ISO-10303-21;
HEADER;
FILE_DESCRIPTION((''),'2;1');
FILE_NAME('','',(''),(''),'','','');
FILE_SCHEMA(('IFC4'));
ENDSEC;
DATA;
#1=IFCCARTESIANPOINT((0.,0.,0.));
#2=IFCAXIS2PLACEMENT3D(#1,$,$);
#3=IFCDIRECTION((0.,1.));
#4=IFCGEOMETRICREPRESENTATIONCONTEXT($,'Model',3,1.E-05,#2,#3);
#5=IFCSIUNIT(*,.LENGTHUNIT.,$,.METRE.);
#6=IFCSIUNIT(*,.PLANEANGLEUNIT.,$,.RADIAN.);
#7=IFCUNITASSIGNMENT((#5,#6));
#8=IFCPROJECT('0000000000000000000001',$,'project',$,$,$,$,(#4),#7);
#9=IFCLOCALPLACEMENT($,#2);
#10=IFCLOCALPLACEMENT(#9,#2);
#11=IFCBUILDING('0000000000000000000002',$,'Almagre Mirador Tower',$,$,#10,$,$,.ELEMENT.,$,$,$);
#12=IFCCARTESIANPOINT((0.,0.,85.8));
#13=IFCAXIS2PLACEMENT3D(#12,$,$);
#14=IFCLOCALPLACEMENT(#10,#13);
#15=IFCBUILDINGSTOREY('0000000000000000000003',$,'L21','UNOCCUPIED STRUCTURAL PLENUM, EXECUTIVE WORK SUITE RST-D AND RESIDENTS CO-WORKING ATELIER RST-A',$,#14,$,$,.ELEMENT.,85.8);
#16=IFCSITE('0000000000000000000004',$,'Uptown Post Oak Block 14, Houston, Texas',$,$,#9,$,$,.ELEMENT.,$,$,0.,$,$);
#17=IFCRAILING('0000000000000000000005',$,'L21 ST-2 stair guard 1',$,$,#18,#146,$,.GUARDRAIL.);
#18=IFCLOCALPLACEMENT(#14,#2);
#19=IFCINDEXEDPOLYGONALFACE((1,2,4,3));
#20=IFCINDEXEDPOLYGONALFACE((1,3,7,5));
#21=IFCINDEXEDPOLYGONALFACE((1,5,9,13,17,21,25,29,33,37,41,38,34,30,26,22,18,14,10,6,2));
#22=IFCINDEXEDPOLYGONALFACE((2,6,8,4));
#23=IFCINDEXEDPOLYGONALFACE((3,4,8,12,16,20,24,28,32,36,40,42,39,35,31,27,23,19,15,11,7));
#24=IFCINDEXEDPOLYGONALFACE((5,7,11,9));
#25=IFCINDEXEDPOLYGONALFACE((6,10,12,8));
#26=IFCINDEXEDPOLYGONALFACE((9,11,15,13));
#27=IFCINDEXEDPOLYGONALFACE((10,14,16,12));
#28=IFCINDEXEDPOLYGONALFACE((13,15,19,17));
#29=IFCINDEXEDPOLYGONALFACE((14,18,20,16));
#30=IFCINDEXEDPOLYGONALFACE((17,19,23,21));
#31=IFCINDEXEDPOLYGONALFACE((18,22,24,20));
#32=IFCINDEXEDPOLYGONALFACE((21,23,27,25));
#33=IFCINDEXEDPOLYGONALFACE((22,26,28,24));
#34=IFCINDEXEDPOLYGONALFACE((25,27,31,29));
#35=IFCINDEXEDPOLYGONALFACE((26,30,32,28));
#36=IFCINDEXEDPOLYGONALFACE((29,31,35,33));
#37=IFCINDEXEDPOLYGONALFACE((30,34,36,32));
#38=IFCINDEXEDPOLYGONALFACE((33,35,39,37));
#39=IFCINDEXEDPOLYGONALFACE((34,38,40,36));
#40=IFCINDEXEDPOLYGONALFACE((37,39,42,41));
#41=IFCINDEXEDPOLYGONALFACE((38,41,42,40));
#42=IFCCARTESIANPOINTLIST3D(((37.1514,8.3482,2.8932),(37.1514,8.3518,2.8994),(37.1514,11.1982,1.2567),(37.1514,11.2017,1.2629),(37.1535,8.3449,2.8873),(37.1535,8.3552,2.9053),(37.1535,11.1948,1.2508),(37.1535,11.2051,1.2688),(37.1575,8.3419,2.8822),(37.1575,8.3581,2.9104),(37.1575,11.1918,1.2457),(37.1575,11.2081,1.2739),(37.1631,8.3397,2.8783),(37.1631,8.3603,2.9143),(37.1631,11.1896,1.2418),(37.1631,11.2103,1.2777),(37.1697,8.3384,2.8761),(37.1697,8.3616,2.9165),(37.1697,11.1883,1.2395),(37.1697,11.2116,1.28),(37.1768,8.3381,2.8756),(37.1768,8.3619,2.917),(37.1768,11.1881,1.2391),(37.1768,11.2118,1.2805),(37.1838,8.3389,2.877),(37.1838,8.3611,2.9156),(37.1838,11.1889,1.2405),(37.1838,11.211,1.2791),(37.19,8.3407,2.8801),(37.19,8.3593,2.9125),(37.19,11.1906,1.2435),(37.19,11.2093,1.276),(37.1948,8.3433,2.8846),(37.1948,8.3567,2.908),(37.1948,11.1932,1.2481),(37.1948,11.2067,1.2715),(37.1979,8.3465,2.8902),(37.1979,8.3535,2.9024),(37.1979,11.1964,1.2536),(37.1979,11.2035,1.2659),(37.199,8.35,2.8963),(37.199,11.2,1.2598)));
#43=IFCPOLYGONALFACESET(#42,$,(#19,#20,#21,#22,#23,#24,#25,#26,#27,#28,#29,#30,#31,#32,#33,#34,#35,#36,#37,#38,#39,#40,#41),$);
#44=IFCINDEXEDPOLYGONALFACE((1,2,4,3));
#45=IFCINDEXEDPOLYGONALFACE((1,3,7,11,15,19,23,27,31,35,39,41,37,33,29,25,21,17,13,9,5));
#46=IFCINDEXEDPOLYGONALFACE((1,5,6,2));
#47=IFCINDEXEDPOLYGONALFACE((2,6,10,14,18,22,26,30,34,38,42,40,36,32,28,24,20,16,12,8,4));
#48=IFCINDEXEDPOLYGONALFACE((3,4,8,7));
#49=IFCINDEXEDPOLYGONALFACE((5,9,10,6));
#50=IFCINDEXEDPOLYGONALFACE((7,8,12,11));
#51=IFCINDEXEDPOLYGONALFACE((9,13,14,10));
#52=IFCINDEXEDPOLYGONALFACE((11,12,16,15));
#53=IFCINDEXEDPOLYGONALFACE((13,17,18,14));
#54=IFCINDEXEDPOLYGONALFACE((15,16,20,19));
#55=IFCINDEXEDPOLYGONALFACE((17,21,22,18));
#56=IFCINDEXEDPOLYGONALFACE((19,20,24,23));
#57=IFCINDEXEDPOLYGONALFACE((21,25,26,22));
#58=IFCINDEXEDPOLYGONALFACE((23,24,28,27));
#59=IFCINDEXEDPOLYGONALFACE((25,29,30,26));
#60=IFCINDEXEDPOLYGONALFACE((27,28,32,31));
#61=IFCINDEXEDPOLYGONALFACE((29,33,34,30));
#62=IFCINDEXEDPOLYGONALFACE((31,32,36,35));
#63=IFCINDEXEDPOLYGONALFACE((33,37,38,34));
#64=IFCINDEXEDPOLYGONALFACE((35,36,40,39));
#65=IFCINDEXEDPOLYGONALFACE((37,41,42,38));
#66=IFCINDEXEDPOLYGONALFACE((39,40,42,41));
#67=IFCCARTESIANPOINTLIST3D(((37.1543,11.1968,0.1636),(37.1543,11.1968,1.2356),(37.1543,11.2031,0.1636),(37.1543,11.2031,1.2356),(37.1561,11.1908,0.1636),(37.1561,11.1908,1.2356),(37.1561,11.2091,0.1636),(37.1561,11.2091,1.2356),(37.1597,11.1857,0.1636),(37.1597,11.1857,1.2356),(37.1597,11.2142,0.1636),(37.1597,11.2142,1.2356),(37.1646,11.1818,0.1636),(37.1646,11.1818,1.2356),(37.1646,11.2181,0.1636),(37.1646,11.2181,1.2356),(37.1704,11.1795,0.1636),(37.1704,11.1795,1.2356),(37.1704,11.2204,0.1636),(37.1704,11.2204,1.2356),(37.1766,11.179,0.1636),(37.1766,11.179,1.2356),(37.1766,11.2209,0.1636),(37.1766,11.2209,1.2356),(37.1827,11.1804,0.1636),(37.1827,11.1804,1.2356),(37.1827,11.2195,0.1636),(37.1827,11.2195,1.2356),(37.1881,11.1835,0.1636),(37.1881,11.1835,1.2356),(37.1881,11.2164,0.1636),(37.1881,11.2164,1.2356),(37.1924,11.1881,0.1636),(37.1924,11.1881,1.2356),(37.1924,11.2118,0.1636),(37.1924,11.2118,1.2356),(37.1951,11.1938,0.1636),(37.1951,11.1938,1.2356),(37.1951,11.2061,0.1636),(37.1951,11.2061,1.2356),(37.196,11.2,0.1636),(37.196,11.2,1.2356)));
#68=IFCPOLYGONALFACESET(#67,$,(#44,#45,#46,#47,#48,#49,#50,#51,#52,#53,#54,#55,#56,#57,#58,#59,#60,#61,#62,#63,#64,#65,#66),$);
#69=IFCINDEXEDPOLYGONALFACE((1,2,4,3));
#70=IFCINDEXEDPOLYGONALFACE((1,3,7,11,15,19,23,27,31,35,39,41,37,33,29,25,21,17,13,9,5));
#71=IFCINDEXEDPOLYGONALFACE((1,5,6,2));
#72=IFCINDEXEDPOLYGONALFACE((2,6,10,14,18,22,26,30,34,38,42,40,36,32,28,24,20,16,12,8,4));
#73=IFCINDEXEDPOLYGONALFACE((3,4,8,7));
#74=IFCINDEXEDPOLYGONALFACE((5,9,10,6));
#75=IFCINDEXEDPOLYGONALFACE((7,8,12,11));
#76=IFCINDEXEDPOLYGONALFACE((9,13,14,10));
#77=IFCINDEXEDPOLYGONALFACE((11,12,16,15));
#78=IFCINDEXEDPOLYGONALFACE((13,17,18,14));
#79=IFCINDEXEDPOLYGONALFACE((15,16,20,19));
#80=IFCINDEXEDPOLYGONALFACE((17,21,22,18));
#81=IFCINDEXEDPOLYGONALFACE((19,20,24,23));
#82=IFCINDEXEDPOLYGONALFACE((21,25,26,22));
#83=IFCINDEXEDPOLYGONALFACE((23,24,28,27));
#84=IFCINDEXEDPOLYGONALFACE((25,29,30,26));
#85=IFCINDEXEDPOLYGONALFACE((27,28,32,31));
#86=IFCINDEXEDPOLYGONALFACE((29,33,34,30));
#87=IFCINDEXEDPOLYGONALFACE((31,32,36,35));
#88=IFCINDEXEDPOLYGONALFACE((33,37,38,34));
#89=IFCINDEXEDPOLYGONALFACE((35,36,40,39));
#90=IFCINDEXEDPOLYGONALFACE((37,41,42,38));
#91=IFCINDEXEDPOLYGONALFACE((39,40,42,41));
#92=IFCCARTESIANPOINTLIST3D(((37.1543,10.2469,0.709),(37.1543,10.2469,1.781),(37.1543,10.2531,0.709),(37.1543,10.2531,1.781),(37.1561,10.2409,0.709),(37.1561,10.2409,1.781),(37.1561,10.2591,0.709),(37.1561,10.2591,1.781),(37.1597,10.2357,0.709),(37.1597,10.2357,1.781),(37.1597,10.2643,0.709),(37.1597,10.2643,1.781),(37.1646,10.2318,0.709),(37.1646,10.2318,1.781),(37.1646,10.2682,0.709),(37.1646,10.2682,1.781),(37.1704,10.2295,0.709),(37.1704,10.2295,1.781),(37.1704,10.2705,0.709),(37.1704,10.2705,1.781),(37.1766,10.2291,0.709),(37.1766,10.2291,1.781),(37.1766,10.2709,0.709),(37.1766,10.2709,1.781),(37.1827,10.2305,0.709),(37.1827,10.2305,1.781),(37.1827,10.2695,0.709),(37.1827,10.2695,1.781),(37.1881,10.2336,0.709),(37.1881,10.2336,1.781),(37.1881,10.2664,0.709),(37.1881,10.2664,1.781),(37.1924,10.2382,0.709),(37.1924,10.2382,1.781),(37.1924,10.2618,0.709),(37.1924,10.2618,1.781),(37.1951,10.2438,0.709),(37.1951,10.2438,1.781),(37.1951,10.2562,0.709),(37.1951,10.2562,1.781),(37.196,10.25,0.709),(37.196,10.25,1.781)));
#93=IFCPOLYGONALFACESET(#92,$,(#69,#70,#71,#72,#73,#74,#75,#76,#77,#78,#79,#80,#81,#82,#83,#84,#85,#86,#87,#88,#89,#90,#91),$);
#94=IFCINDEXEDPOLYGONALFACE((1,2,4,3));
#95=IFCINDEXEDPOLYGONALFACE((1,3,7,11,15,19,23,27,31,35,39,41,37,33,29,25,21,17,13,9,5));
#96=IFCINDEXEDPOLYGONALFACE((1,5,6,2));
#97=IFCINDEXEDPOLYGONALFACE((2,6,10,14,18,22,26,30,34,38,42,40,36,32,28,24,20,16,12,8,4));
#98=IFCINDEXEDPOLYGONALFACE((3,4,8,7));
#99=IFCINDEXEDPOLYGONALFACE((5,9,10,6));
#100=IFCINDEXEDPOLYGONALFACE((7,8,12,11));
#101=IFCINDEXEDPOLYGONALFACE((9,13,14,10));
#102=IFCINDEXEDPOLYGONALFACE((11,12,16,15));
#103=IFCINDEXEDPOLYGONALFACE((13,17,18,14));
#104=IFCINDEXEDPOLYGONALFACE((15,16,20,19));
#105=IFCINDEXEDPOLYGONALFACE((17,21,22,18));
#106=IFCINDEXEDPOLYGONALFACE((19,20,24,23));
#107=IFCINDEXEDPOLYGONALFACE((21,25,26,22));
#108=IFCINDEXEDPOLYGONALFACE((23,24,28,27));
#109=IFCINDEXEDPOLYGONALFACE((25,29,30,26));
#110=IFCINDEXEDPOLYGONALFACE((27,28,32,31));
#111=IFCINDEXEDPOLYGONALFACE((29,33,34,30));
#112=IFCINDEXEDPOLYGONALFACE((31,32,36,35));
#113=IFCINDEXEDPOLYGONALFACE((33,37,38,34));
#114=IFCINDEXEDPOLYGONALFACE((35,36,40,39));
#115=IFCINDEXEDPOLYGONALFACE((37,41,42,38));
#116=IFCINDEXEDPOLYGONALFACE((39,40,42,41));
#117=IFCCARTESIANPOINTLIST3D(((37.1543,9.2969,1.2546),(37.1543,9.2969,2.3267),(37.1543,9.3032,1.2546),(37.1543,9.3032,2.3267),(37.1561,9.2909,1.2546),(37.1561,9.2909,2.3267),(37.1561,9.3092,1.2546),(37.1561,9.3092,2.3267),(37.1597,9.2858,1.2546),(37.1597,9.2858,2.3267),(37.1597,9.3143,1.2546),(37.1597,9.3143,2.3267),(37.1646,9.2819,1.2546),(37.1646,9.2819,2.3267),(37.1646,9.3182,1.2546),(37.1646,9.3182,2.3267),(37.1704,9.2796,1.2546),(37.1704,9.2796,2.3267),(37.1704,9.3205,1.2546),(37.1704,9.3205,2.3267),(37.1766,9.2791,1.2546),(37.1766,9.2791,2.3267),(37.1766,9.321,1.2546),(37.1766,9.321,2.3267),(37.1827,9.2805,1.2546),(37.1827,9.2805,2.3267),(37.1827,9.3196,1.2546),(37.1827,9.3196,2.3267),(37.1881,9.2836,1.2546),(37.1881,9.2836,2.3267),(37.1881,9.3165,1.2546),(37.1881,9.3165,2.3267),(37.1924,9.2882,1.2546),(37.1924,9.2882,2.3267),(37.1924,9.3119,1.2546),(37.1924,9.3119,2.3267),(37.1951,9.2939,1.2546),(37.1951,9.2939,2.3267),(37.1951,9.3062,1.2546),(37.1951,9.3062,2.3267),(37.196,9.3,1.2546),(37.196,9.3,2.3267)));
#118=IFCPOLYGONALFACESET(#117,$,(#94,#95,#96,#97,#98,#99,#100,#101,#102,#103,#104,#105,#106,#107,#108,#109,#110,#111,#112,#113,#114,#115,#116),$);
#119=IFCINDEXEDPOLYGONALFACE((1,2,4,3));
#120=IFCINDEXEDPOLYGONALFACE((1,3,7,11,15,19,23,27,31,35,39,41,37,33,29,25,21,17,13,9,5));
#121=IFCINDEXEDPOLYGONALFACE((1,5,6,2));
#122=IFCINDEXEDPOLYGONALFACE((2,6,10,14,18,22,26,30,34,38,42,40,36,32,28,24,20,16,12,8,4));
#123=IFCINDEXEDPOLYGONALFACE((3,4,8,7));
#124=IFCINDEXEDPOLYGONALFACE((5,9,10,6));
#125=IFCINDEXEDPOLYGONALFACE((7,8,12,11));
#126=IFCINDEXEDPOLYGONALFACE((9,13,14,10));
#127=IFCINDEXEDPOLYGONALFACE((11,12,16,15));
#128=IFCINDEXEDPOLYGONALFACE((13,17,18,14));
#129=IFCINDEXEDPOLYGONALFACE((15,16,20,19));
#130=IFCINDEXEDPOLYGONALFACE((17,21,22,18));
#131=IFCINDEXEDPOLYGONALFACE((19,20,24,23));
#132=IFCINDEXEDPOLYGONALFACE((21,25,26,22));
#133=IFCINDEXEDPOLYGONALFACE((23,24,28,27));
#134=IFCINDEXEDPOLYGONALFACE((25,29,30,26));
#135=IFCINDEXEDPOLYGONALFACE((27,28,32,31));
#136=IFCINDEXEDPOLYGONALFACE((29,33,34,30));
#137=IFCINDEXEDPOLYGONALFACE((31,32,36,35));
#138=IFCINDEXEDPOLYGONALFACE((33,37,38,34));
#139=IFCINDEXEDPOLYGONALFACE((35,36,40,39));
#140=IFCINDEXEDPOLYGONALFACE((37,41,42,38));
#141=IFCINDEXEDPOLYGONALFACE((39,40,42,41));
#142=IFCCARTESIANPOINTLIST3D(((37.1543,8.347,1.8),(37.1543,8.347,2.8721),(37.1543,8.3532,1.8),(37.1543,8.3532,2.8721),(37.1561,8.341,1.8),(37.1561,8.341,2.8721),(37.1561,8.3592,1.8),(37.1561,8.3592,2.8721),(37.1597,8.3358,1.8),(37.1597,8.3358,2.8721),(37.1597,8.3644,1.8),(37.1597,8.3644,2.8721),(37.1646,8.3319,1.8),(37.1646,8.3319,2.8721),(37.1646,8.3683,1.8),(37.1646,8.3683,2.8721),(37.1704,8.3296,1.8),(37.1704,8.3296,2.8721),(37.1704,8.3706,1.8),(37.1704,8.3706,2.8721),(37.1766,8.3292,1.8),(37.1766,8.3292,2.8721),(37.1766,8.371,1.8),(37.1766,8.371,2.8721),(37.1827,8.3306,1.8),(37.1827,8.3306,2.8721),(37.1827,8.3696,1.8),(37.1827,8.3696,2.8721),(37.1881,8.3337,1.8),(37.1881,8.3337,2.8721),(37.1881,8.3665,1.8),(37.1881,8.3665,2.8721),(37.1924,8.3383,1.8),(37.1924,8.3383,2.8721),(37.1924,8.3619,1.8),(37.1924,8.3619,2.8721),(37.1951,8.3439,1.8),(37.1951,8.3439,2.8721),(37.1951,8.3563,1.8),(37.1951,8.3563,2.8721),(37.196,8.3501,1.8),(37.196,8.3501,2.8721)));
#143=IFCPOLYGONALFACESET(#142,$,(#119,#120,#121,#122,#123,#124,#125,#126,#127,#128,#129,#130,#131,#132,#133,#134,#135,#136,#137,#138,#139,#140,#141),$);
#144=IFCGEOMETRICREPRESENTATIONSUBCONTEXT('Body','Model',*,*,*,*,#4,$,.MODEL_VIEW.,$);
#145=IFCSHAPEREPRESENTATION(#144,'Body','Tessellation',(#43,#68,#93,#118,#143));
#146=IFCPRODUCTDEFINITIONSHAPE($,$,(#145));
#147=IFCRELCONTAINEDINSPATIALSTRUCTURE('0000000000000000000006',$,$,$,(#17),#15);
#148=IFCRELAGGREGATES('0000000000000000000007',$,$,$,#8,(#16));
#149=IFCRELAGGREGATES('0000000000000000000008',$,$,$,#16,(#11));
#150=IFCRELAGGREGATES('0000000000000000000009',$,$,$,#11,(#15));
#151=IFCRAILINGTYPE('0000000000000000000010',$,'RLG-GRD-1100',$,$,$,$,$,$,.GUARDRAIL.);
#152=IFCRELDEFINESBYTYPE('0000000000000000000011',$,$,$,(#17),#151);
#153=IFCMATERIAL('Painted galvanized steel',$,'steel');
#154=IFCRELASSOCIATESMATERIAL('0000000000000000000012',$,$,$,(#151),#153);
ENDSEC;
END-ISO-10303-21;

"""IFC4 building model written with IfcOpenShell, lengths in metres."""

from ifc_helpers import new_model, si_unit, direction, frame, origin, origin_2d, place, context, subcontext, project, spatial, circle, extrude, material, type_object, element, save


model = new_model("IFC4")

# Units and contexts
model_context = context("Model", 3, precision=1e-05, world=origin(), true_north=direction((0.0, 1.0)))
body_context = subcontext(model_context, "Body", "Model", "MODEL_VIEW")
ifc_project = project(units=[si_unit("LENGTHUNIT", "METRE"), si_unit("PLANEANGLEUNIT", "RADIAN")], contexts=[model_context])

# Site, building, storey
site_placement = place(None, origin())
site = spatial("IfcSite", under=ifc_project, at=site_placement, Name="Uptown Post Oak Block 14, Houston, Texas", CompositionType="ELEMENT", RefElevation=0.0)
building_placement = place(site_placement, origin())
building = spatial("IfcBuilding", under=site, at=building_placement, Name="Almagre Mirador Tower", CompositionType="ELEMENT")
storey_placement = place(building_placement, frame((0.0, 0.0, 85.8)))
storey = spatial("IfcBuildingStorey", under=building, at=storey_placement, Name="L21", Description="UNOCCUPIED STRUCTURAL PLENUM, EXECUTIVE WORK SUITE RST-D AND RESIDENTS CO-WORKING ATELIER RST-A", CompositionType="ELEMENT", Elevation=85.8)

# Railing
ifc_material_1 = material(Name="Painted galvanized steel", Category="steel")
railing_type_1 = type_object("IfcRailingType", Name="RLG-GRD-1100", PredefinedType="GUARDRAIL", material=ifc_material_1)
railing_1_placement = place(storey_placement, frame((37.175, 11.2, 0.1636)))
element("IfcRailing", 1, at=railing_1_placement, inside=storey, type_object=railing_type_1, Name="L21 ST-2 stair guard 1", PredefinedType="GUARDRAIL", context=body_context, shape_type="SweptSolid", body=[
    extrude(circle(Radius=0.0239, at=origin_2d()), frame((0.0, 0.0, 1.0962), z_axis=(0.0, -0.867194, 0.49797), x_axis=(1.0, 0.0, 0.0)), (0.0, 0.0, 1.0), 3.2864),
    extrude(circle(Radius=0.021, at=origin_2d()), origin(), (0.0, 0.0, 1.0), 1.072),
    extrude(circle(Radius=0.021, at=origin_2d()), frame((0.0, -0.95, 0.5454)), (0.0, 0.0, 1.0), 1.072),
    extrude(circle(Radius=0.021, at=origin_2d()), frame((0.0, -1.8999, 1.0911)), (0.0, 0.0, 1.0), 1.072),
    extrude(circle(Radius=0.021, at=origin_2d()), frame((0.0, -2.8499, 1.6365)), (0.0, 0.0, 1.0), 1.072),
])

save(model, "model.ifc")
